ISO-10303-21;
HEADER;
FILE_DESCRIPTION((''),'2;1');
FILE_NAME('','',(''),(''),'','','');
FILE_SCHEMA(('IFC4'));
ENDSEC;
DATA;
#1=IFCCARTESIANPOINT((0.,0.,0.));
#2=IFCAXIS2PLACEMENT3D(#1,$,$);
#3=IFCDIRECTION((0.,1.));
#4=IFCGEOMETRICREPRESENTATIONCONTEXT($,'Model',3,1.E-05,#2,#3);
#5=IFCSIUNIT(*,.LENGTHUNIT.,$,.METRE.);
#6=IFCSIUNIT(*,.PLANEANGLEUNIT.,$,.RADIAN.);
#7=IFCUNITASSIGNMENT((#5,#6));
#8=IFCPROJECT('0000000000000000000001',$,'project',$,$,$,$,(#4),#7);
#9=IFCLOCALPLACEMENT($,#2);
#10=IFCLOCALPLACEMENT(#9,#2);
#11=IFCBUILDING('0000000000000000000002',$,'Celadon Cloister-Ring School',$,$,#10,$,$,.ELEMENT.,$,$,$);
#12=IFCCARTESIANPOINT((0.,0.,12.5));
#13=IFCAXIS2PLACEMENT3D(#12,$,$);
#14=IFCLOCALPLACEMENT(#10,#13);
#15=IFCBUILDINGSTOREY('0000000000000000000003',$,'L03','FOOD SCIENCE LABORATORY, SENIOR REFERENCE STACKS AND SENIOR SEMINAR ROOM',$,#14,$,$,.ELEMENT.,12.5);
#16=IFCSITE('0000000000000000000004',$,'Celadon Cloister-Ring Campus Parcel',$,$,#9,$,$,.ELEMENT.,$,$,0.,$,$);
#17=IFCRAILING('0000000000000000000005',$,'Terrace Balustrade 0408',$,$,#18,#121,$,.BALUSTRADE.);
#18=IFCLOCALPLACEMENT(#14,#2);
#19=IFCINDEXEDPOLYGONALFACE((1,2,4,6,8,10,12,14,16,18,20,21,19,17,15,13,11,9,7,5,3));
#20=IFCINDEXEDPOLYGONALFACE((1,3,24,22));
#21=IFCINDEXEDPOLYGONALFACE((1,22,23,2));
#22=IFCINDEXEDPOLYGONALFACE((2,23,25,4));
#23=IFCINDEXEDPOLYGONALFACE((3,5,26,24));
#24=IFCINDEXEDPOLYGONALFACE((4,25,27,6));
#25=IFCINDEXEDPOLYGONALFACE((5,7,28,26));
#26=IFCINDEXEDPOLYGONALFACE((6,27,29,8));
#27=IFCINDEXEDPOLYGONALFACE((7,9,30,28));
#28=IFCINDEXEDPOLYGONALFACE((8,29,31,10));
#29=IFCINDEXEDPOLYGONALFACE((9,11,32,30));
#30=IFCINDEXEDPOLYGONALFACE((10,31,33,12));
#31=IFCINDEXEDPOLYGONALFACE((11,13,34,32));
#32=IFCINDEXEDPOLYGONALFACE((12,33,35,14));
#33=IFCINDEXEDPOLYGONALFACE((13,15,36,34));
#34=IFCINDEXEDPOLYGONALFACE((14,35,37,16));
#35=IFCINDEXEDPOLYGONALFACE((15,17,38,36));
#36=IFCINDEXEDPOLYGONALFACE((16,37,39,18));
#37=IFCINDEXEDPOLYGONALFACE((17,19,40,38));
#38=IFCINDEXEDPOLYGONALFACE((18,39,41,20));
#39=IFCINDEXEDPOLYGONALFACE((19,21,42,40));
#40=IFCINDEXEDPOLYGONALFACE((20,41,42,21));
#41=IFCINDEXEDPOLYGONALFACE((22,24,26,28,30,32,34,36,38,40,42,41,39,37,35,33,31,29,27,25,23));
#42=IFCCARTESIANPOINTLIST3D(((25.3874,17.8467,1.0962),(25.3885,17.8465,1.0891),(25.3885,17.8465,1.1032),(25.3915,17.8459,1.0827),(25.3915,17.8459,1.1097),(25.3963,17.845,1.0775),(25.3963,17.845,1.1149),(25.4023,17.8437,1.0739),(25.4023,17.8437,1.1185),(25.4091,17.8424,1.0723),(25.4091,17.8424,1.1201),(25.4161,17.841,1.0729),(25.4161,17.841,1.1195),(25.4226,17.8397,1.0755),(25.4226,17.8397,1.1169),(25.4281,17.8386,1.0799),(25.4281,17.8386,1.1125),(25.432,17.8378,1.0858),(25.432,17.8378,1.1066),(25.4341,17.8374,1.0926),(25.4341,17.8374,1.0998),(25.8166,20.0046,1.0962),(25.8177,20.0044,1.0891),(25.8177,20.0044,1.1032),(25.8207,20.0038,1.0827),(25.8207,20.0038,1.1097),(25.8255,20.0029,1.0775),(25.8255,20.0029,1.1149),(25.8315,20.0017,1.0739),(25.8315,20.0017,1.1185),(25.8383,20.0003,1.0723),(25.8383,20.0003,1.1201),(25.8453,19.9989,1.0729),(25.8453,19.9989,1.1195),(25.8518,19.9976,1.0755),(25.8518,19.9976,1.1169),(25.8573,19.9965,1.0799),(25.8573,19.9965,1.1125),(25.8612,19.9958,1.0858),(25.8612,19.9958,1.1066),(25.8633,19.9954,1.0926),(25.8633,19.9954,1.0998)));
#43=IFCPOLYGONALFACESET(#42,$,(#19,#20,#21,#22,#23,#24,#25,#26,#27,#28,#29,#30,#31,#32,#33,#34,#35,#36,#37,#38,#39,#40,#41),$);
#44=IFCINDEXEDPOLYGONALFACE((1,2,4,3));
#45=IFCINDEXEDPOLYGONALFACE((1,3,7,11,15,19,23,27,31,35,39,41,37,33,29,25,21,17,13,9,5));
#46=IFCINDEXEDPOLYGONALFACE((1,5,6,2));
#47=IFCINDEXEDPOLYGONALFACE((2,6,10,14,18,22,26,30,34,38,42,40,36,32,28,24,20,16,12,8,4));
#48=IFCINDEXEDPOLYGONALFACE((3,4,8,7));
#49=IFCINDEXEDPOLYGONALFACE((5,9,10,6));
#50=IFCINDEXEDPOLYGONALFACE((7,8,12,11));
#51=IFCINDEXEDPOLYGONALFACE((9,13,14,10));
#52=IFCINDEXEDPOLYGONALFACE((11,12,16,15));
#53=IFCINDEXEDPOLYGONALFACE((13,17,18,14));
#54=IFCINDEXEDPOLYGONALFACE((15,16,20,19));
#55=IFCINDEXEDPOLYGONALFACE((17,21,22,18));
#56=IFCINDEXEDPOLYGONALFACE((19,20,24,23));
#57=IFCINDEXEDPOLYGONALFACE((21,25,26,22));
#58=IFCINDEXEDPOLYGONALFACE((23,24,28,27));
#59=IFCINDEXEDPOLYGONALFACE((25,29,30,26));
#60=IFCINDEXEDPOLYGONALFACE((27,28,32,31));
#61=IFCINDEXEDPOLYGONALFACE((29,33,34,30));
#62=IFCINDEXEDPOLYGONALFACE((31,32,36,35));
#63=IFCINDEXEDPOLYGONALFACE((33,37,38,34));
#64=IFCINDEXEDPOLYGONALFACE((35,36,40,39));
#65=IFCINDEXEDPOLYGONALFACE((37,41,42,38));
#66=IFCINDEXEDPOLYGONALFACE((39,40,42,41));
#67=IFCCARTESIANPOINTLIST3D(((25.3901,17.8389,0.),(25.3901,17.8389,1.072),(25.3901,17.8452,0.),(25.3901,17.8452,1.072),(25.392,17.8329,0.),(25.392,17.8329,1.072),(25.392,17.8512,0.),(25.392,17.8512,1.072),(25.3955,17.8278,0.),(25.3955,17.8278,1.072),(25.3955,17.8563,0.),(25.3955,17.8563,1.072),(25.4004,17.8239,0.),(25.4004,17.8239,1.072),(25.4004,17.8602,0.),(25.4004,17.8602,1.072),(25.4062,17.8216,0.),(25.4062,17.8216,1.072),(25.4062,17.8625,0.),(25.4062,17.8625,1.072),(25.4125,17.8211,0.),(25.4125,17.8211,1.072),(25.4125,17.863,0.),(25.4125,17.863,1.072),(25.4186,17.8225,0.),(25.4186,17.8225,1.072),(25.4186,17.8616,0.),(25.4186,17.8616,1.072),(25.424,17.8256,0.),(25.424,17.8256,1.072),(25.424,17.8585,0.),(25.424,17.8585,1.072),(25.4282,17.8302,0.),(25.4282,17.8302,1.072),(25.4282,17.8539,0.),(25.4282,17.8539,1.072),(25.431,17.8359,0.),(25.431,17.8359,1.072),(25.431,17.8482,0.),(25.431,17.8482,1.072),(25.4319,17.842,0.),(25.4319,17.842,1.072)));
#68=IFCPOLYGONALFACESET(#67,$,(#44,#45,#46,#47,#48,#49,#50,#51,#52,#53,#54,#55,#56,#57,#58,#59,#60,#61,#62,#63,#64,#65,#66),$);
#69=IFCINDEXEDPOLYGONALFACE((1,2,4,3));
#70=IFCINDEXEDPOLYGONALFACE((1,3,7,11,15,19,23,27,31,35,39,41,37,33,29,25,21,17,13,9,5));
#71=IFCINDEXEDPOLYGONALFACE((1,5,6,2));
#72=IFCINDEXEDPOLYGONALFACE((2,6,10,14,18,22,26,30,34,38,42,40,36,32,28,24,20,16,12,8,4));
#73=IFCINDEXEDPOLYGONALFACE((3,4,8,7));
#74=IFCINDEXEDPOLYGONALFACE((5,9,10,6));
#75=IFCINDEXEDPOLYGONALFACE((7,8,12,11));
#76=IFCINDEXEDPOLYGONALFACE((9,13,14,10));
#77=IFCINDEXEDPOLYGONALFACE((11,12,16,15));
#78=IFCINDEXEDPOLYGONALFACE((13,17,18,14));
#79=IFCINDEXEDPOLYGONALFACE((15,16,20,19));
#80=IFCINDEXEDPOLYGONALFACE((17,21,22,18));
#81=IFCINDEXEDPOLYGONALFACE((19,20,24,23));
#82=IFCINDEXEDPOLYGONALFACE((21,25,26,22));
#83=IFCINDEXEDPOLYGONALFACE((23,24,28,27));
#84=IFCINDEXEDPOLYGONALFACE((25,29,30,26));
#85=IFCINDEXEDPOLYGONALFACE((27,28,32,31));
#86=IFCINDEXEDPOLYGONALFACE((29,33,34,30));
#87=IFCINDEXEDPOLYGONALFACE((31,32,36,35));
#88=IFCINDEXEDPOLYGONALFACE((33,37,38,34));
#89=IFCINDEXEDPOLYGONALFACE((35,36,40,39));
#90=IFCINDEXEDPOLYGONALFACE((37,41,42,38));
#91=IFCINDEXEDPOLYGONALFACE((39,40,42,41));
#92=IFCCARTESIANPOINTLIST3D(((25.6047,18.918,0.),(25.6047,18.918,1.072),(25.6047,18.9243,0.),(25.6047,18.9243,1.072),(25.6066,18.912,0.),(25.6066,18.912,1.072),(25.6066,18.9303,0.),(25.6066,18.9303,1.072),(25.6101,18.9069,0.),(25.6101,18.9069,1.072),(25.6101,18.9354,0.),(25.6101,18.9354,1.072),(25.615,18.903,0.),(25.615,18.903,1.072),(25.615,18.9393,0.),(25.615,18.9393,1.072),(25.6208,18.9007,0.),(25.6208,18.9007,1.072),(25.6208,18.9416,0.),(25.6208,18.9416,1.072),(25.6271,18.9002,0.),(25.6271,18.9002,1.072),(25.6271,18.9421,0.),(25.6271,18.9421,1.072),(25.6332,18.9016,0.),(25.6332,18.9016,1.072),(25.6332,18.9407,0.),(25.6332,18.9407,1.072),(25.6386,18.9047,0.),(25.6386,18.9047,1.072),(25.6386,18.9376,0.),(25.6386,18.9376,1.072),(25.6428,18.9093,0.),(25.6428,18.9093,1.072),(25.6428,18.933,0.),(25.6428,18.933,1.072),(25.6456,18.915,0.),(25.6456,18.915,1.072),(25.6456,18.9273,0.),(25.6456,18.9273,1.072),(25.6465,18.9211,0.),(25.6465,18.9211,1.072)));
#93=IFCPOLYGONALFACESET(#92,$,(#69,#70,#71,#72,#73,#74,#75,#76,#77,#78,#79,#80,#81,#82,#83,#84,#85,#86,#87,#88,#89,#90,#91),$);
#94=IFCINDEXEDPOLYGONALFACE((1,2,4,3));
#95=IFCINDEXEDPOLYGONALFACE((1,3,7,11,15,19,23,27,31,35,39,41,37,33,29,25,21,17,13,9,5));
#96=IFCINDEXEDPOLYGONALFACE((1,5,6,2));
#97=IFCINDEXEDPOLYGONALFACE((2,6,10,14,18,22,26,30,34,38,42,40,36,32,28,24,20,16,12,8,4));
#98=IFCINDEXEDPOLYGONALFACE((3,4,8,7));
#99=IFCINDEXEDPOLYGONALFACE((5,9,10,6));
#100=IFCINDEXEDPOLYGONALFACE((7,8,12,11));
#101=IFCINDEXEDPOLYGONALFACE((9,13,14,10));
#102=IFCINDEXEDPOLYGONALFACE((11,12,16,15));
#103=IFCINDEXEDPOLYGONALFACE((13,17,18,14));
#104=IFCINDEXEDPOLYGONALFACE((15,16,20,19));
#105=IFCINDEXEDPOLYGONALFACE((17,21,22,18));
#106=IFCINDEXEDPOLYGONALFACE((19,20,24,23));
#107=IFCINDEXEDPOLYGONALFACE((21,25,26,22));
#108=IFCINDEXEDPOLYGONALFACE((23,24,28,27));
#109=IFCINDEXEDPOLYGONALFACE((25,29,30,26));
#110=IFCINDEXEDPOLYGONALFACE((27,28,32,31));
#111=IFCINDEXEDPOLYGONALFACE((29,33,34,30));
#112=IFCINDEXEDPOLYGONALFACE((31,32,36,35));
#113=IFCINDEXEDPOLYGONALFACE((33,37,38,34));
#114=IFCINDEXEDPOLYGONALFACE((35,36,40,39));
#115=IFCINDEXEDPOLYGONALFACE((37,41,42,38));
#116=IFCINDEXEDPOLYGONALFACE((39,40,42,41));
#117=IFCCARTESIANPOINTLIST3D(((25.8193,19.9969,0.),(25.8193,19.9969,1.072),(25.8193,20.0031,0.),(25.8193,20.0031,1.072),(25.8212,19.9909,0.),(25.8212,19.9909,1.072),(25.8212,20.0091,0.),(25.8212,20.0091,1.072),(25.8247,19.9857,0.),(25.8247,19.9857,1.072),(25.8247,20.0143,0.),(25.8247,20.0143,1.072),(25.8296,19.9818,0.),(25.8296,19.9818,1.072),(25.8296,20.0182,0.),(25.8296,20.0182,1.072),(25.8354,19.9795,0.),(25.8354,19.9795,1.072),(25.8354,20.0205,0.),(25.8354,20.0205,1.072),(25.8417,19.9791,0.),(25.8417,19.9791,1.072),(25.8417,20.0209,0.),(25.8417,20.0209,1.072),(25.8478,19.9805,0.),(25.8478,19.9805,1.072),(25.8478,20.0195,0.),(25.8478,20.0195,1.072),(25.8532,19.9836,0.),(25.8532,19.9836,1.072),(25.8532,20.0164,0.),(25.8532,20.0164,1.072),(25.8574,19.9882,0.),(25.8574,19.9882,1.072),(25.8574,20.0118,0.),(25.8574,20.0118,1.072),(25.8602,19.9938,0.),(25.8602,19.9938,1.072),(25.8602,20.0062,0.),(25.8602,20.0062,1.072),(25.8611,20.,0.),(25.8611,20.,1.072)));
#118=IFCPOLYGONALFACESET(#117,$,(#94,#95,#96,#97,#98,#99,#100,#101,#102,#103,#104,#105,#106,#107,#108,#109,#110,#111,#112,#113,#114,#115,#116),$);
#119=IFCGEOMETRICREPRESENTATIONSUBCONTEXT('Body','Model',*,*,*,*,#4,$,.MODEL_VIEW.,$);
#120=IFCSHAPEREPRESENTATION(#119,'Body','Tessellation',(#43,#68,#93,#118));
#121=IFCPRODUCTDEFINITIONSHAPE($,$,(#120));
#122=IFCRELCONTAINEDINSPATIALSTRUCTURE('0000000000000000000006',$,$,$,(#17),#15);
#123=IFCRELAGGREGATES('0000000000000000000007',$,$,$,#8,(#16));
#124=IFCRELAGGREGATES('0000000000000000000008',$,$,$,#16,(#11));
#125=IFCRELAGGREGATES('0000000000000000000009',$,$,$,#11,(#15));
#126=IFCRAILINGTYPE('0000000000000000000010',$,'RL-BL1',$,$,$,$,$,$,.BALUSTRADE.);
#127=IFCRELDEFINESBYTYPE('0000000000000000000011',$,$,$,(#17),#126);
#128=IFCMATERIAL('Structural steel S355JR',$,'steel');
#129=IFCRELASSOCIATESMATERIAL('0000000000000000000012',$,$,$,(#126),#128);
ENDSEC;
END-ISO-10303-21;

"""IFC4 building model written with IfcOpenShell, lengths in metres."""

from ifc_helpers import new_model, si_unit, direction, frame, origin, origin_2d, place, context, subcontext, project, spatial, circle, extrude, material, type_object, element, save


model = new_model("IFC4")

# Units and contexts
model_context = context("Model", 3, precision=1e-05, world=origin(), true_north=direction((0.0, 1.0)))
body_context = subcontext(model_context, "Body", "Model", "MODEL_VIEW")
ifc_project = project(units=[si_unit("LENGTHUNIT", "METRE"), si_unit("PLANEANGLEUNIT", "RADIAN")], contexts=[model_context])

# Site, building, storey
site_placement = place(None, origin())
site = spatial("IfcSite", under=ifc_project, at=site_placement, Name="Celadon Cloister-Ring Campus Parcel", CompositionType="ELEMENT", RefElevation=0.0)
building_placement = place(site_placement, origin())
building = spatial("IfcBuilding", under=site, at=building_placement, Name="Celadon Cloister-Ring School", CompositionType="ELEMENT")
storey_placement = place(building_placement, frame((0.0, 0.0, 12.5)))
storey = spatial("IfcBuildingStorey", under=building, at=storey_placement, Name="L03", Description="FOOD SCIENCE LABORATORY, SENIOR REFERENCE STACKS AND SENIOR SEMINAR ROOM", CompositionType="ELEMENT", Elevation=12.5)

# Railing
ifc_material_1 = material(Name="Structural steel S355JR", Category="steel")
railing_type = type_object("IfcRailingType", Name="RL-BL1", PredefinedType="BALUSTRADE", material=ifc_material_1)
railing_1_placement = place(storey_placement, frame((25.4109, 17.842, 0.0)))
element("IfcRailing", 1, at=railing_1_placement, inside=storey, type_object=railing_type, Name="Terrace Balustrade 0408", PredefinedType="BALUSTRADE", context=body_context, shape_type="SweptSolid", body=[
    extrude(circle(Radius=0.0239, at=origin_2d()), frame((0.0, 0.0, 1.0962), z_axis=(0.19507, 0.980789, 0.0), x_axis=(-0.980789, 0.19507, 0.0)), (0.0, 0.0, 1.0), 2.2002),
    extrude(circle(Radius=0.021, at=origin_2d()), origin(), (0.0, 0.0, 1.0), 1.072),
    extrude(circle(Radius=0.021, at=origin_2d()), frame((0.2146, 1.0791, 0.0)), (0.0, 0.0, 1.0), 1.072),
    extrude(circle(Radius=0.021, at=origin_2d()), frame((0.4292, 2.158, 0.0)), (0.0, 0.0, 1.0), 1.072),
])

save(model, "model.ifc")
